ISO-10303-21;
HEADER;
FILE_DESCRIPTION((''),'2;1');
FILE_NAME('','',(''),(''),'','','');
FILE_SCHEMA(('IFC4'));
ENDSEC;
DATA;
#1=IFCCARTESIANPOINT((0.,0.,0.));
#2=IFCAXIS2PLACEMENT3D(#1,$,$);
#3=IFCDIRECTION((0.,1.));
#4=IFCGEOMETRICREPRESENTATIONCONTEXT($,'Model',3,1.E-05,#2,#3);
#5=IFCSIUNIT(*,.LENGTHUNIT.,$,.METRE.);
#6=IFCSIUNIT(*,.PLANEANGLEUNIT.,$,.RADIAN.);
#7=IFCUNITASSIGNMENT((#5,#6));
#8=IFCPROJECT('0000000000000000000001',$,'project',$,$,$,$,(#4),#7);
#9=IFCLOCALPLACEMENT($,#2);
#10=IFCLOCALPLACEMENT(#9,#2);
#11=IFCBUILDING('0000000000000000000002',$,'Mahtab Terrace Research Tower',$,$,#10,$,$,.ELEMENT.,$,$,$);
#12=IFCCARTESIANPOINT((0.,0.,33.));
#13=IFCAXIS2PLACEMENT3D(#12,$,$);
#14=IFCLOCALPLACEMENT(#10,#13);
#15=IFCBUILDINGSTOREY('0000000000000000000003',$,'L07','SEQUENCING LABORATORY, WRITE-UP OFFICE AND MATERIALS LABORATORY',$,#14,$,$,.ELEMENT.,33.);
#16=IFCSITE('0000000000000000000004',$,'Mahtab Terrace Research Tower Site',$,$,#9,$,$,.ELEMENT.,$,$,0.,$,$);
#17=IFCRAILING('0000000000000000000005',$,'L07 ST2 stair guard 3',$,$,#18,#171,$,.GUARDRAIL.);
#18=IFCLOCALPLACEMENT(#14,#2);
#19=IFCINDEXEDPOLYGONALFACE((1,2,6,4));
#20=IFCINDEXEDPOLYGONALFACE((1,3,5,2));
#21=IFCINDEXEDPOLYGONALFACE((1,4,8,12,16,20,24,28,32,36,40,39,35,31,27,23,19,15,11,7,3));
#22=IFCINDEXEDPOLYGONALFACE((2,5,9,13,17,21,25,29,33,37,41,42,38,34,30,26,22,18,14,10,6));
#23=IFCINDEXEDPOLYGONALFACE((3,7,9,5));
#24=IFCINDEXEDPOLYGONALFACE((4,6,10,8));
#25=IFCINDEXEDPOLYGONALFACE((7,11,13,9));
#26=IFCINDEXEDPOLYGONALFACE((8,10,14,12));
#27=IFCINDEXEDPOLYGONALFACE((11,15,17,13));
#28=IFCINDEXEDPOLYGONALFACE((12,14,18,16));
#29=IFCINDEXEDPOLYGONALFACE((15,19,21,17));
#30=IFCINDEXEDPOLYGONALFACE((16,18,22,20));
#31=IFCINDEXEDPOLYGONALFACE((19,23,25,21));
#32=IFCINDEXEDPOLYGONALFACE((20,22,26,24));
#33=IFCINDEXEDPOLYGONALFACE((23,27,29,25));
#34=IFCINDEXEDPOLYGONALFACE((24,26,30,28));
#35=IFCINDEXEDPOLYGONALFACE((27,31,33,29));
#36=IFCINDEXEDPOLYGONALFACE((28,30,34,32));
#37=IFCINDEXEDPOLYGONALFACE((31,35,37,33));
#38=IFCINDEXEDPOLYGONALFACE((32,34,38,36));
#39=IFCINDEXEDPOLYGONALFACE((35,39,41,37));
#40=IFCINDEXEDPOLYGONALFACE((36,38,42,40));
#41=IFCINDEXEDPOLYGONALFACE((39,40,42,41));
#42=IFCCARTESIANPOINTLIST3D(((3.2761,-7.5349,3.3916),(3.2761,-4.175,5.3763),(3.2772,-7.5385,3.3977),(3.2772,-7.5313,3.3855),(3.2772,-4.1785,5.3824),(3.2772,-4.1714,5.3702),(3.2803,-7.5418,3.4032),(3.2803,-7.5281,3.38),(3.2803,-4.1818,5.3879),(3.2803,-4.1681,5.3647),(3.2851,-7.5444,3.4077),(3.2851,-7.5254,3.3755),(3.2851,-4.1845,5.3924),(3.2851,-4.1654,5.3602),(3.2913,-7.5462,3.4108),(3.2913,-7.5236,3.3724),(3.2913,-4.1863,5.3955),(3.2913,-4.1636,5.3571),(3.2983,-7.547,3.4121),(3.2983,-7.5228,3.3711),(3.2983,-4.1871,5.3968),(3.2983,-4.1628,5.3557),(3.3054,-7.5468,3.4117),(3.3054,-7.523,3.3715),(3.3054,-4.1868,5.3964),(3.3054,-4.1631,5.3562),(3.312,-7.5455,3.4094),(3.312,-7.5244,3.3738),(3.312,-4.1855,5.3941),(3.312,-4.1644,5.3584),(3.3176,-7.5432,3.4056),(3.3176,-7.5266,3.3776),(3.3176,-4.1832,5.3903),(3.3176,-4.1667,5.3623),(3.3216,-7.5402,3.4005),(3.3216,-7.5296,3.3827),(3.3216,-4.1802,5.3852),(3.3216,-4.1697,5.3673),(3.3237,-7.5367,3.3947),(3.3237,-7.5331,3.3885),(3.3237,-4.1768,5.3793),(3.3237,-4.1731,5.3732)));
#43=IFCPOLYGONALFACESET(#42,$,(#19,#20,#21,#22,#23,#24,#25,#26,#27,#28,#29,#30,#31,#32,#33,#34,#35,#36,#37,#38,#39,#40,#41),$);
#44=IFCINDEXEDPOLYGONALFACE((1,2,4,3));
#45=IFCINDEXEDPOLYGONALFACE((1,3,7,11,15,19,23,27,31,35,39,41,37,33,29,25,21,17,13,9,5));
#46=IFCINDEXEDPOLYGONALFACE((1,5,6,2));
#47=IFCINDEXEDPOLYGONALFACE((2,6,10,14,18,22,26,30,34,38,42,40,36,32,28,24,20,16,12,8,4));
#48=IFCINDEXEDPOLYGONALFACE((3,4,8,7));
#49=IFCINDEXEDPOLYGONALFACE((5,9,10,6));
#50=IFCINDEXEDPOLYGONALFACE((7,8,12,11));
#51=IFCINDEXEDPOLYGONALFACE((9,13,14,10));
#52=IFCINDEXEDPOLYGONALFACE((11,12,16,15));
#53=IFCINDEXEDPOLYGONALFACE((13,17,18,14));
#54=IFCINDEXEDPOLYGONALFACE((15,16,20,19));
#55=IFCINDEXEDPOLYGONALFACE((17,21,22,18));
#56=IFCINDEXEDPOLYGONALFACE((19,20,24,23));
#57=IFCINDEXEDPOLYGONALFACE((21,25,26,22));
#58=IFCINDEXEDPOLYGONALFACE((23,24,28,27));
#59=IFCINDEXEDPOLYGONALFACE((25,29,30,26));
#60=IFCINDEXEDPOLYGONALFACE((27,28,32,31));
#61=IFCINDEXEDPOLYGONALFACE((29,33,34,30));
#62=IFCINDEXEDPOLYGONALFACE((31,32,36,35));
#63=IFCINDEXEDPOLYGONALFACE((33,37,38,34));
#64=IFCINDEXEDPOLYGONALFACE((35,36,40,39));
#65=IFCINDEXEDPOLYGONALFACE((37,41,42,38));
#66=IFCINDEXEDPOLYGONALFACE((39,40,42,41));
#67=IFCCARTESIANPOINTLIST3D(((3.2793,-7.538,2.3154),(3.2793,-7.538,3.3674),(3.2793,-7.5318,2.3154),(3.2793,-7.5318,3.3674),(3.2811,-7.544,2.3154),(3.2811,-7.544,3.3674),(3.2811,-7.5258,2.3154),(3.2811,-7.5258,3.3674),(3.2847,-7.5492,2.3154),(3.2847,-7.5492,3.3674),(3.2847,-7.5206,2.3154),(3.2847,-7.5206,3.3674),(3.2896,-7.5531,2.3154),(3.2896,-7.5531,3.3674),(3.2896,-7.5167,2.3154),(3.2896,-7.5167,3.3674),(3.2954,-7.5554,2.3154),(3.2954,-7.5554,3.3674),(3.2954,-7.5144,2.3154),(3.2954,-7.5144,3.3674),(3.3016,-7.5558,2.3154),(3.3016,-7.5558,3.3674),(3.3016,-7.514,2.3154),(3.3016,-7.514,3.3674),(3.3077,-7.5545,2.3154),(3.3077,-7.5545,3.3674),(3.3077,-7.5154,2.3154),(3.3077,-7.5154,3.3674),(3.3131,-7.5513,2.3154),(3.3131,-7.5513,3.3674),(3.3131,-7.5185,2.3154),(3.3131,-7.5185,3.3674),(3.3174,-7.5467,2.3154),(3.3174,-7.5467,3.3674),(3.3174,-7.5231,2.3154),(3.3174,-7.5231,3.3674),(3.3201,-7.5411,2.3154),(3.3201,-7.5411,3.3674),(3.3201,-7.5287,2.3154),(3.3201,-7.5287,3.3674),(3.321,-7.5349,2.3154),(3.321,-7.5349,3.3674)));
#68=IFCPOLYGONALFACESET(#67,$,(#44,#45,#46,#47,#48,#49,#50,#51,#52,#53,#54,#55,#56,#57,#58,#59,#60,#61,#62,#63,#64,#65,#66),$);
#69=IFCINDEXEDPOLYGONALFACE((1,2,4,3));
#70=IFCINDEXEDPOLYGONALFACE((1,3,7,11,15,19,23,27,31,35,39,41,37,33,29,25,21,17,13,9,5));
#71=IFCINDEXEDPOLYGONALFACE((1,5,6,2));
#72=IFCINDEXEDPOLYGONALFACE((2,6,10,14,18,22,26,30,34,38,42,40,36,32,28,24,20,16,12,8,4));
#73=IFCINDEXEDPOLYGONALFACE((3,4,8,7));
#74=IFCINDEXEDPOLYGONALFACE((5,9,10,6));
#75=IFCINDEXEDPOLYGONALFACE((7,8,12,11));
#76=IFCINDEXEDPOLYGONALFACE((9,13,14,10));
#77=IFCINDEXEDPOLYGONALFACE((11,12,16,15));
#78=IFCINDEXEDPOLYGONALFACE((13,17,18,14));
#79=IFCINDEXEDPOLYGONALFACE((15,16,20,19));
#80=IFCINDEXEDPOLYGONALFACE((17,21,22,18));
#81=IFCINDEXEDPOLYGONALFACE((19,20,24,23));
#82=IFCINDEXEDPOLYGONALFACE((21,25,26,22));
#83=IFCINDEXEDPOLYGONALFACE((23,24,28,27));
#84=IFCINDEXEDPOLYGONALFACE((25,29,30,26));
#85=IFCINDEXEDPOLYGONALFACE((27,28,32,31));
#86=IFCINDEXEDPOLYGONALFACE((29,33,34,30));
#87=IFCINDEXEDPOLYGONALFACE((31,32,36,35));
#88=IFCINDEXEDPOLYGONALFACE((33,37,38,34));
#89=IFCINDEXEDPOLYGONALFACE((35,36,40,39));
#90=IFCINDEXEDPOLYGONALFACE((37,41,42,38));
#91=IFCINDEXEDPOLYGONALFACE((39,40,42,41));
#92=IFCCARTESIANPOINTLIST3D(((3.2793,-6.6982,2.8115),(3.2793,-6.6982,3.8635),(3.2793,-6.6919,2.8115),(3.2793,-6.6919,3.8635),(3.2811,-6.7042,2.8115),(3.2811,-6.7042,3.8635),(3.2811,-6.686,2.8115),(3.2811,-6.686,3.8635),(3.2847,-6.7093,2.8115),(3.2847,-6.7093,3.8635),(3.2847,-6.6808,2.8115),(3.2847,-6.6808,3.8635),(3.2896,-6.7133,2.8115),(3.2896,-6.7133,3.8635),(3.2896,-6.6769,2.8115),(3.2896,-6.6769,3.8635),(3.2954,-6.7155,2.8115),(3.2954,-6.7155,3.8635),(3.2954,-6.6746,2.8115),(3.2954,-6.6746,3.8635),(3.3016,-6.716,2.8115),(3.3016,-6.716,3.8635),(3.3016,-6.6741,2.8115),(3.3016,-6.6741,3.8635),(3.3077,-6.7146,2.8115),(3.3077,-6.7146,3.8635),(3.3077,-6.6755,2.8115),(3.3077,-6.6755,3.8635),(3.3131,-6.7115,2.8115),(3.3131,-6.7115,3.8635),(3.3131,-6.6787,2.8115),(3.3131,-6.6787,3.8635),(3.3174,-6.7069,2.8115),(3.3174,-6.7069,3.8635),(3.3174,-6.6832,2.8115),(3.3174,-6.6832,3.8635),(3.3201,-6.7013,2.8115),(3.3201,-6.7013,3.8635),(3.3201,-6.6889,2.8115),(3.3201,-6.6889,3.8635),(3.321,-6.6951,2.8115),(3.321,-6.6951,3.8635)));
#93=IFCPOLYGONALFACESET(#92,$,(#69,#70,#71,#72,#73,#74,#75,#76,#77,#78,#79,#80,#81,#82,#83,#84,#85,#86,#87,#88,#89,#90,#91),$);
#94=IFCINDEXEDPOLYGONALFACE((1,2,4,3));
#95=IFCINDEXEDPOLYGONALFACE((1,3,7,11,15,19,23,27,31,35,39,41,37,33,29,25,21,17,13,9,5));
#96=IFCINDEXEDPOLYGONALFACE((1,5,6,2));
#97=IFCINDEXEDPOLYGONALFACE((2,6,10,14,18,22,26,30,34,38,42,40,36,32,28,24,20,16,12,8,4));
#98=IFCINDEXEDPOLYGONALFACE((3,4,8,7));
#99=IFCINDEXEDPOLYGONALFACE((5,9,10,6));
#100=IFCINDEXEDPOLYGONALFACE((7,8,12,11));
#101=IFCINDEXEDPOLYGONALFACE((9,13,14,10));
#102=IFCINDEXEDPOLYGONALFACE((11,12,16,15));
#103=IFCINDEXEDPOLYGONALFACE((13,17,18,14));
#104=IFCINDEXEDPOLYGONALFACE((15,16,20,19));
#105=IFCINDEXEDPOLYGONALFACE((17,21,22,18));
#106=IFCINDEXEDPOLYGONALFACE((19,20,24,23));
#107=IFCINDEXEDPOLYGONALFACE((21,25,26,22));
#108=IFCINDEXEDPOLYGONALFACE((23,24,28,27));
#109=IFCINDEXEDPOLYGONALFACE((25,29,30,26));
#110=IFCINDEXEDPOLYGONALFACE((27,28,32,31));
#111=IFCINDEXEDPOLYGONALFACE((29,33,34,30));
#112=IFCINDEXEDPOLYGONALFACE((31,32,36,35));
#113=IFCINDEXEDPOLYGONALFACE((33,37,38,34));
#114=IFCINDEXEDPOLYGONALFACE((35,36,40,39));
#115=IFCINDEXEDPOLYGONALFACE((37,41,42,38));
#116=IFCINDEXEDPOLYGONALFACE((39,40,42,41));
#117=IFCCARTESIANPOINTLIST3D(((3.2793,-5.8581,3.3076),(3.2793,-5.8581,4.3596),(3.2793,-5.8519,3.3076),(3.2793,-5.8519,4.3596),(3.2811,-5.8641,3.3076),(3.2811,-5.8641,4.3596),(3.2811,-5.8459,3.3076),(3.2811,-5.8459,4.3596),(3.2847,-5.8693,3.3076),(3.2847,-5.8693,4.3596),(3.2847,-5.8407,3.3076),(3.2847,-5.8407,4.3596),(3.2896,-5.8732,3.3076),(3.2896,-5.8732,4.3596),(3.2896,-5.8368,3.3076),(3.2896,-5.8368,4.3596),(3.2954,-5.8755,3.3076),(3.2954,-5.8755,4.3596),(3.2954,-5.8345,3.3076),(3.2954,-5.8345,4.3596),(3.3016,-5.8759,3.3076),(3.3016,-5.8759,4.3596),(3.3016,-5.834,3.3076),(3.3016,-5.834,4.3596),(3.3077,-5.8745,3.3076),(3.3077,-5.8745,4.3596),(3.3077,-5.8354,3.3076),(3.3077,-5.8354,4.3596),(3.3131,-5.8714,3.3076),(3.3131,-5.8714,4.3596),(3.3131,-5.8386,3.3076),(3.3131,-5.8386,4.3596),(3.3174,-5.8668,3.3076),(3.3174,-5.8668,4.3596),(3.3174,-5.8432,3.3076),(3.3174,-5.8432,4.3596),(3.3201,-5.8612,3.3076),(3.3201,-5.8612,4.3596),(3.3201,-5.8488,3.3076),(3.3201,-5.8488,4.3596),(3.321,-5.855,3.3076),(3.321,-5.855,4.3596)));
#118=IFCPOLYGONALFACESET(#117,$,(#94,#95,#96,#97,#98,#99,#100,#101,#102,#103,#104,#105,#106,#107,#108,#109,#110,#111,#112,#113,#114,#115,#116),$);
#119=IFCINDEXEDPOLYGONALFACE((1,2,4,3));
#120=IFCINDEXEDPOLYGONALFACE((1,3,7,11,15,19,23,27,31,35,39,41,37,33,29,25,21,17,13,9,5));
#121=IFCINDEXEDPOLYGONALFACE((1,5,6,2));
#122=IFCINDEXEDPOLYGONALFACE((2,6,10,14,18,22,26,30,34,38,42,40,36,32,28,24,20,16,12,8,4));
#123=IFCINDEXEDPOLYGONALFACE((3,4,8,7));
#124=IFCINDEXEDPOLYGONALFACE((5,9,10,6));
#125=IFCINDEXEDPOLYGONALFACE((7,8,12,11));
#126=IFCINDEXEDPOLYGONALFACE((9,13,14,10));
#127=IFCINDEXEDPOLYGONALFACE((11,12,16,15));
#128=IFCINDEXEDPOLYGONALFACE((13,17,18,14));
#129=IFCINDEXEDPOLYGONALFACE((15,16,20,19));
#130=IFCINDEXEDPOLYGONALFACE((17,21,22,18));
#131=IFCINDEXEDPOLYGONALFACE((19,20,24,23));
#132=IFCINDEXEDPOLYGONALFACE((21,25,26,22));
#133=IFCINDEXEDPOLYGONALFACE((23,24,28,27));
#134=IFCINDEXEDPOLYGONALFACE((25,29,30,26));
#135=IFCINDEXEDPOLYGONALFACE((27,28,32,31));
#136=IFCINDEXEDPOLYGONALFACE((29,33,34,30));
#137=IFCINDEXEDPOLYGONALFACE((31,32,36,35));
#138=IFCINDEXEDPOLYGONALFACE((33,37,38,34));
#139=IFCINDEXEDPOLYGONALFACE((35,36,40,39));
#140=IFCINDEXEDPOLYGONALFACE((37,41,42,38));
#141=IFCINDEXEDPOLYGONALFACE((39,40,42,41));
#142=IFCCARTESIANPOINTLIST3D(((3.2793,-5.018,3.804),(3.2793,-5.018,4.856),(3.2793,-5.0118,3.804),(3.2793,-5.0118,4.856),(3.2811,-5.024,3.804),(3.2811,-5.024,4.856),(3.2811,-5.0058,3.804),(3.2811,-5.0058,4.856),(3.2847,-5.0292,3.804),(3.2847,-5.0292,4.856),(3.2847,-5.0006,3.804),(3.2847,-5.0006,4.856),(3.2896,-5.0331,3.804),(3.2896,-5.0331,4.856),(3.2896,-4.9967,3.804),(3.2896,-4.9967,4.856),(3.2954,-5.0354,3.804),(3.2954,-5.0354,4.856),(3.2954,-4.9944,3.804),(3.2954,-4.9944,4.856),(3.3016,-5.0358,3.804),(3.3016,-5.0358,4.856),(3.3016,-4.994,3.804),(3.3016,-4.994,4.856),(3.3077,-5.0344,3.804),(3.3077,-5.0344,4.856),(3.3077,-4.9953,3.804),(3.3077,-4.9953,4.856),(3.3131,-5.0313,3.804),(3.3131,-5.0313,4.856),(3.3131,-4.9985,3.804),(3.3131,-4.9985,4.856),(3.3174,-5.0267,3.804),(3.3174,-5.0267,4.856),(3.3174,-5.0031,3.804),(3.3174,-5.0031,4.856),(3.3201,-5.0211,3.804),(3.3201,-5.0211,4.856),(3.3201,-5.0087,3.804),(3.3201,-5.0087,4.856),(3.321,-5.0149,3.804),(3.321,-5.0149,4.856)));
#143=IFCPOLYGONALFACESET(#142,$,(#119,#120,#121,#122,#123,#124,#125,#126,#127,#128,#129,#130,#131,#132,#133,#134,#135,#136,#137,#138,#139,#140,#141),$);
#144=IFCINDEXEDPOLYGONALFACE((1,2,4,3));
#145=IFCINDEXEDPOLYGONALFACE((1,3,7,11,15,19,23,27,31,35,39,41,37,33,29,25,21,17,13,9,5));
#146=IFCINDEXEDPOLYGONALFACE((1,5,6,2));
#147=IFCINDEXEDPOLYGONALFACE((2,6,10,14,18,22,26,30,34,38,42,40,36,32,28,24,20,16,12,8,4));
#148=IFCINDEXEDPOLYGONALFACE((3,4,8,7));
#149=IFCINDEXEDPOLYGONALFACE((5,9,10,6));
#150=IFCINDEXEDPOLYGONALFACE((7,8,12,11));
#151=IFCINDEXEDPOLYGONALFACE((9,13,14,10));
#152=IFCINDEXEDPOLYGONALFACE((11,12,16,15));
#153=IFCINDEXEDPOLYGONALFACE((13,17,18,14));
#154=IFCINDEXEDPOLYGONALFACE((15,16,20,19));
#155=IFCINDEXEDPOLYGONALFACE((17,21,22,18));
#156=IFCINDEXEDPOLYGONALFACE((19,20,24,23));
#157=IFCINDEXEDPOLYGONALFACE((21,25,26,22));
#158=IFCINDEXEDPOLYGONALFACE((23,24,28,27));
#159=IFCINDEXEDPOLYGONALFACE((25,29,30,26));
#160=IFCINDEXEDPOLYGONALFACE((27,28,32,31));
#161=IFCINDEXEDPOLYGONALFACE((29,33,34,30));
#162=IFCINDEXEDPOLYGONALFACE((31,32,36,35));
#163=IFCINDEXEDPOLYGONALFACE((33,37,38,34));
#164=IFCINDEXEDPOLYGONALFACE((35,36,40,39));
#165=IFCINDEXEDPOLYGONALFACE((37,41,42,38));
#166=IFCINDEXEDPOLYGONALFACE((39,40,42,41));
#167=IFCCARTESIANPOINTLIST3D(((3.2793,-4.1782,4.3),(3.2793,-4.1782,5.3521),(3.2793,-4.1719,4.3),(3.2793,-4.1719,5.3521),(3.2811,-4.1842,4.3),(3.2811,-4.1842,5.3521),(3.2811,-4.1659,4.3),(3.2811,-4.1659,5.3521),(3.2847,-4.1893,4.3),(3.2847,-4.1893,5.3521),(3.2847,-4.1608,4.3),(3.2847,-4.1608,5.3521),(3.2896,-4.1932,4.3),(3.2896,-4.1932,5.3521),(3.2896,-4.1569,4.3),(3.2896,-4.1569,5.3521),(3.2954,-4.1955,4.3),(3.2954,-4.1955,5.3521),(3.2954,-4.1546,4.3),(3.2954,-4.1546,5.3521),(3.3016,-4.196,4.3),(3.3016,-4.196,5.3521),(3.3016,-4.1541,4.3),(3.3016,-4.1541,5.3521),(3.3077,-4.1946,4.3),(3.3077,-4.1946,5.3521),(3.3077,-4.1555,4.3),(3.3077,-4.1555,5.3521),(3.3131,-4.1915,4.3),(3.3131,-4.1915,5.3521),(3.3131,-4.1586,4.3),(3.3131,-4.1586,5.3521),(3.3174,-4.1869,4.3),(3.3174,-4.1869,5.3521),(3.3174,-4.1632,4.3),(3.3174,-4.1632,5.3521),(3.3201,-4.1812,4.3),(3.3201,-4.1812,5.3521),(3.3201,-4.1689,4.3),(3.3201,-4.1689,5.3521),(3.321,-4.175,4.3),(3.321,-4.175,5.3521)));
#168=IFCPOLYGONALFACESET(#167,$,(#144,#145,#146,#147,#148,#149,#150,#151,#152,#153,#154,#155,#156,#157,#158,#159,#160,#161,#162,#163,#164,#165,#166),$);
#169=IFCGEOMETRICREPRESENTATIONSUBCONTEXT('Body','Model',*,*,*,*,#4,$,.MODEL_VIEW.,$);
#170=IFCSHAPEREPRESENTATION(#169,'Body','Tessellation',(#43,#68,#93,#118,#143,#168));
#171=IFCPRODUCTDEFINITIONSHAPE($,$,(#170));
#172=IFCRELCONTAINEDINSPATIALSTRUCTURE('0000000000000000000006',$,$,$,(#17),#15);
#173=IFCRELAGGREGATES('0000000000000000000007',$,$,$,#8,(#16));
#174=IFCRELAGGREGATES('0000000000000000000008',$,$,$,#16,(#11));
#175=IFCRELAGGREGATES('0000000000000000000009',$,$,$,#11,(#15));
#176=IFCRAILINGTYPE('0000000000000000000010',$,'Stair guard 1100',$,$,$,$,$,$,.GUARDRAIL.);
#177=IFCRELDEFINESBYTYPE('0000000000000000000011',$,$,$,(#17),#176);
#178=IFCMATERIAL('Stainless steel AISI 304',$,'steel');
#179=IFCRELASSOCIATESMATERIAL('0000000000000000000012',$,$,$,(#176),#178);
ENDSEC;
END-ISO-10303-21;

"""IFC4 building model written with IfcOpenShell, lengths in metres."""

from ifc_helpers import new_model, si_unit, direction, frame, origin, origin_2d, place, context, subcontext, project, spatial, circle, extrude, material, type_object, element, save


model = new_model("IFC4")

# Units and contexts
model_context = context("Model", 3, precision=1e-05, world=origin(), true_north=direction((0.0, 1.0)))
body_context = subcontext(model_context, "Body", "Model", "MODEL_VIEW")
ifc_project = project(units=[si_unit("LENGTHUNIT", "METRE"), si_unit("PLANEANGLEUNIT", "RADIAN")], contexts=[model_context])

# Site, building, storey
site_placement = place(None, origin())
site = spatial("IfcSite", under=ifc_project, at=site_placement, Name="Mahtab Terrace Research Tower Site", CompositionType="ELEMENT", RefElevation=0.0)
building_placement = place(site_placement, origin())
building = spatial("IfcBuilding", under=site, at=building_placement, Name="Mahtab Terrace Research Tower", CompositionType="ELEMENT")
storey_placement = place(building_placement, frame((0.0, 0.0, 33.0)))
storey = spatial("IfcBuildingStorey", under=building, at=storey_placement, Name="L07", Description="SEQUENCING LABORATORY, WRITE-UP OFFICE AND MATERIALS LABORATORY", CompositionType="ELEMENT", Elevation=33.0)

# Railing
ifc_material_1 = material(Name="Stainless steel AISI 304", Category="steel")
railing_type_1 = type_object("IfcRailingType", Name="Stair guard 1100", PredefinedType="GUARDRAIL", material=ifc_material_1)
railing_1_placement = place(storey_placement, frame((3.3, -7.5349, 2.3154)))
element("IfcRailing", 1, at=railing_1_placement, inside=storey, type_object=railing_type_1, Name="L07 ST2 stair guard 3", PredefinedType="GUARDRAIL", context=body_context, shape_type="SweptSolid", body=[
    extrude(circle(Radius=0.0239, at=origin_2d()), frame((0.0, 0.0, 1.0762), z_axis=(0.0, 0.861011, 0.508586), x_axis=(-1.0, 0.0, 0.0)), (0.0, 0.0, 1.0), 3.9023),
    extrude(circle(Radius=0.021, at=origin_2d()), origin(), (0.0, 0.0, 1.0), 1.052),
    extrude(circle(Radius=0.021, at=origin_2d()), frame((0.0, 0.8398, 0.4961)), (0.0, 0.0, 1.0), 1.052),
    extrude(circle(Radius=0.021, at=origin_2d()), frame((0.0, 1.6799, 0.9922)), (0.0, 0.0, 1.0), 1.052),
    extrude(circle(Radius=0.021, at=origin_2d()), frame((0.0, 2.52, 1.4885)), (0.0, 0.0, 1.0), 1.052),
    extrude(circle(Radius=0.021, at=origin_2d()), frame((0.0, 3.3599, 1.9846)), (0.0, 0.0, 1.0), 1.052),
])

save(model, "model.ifc")
